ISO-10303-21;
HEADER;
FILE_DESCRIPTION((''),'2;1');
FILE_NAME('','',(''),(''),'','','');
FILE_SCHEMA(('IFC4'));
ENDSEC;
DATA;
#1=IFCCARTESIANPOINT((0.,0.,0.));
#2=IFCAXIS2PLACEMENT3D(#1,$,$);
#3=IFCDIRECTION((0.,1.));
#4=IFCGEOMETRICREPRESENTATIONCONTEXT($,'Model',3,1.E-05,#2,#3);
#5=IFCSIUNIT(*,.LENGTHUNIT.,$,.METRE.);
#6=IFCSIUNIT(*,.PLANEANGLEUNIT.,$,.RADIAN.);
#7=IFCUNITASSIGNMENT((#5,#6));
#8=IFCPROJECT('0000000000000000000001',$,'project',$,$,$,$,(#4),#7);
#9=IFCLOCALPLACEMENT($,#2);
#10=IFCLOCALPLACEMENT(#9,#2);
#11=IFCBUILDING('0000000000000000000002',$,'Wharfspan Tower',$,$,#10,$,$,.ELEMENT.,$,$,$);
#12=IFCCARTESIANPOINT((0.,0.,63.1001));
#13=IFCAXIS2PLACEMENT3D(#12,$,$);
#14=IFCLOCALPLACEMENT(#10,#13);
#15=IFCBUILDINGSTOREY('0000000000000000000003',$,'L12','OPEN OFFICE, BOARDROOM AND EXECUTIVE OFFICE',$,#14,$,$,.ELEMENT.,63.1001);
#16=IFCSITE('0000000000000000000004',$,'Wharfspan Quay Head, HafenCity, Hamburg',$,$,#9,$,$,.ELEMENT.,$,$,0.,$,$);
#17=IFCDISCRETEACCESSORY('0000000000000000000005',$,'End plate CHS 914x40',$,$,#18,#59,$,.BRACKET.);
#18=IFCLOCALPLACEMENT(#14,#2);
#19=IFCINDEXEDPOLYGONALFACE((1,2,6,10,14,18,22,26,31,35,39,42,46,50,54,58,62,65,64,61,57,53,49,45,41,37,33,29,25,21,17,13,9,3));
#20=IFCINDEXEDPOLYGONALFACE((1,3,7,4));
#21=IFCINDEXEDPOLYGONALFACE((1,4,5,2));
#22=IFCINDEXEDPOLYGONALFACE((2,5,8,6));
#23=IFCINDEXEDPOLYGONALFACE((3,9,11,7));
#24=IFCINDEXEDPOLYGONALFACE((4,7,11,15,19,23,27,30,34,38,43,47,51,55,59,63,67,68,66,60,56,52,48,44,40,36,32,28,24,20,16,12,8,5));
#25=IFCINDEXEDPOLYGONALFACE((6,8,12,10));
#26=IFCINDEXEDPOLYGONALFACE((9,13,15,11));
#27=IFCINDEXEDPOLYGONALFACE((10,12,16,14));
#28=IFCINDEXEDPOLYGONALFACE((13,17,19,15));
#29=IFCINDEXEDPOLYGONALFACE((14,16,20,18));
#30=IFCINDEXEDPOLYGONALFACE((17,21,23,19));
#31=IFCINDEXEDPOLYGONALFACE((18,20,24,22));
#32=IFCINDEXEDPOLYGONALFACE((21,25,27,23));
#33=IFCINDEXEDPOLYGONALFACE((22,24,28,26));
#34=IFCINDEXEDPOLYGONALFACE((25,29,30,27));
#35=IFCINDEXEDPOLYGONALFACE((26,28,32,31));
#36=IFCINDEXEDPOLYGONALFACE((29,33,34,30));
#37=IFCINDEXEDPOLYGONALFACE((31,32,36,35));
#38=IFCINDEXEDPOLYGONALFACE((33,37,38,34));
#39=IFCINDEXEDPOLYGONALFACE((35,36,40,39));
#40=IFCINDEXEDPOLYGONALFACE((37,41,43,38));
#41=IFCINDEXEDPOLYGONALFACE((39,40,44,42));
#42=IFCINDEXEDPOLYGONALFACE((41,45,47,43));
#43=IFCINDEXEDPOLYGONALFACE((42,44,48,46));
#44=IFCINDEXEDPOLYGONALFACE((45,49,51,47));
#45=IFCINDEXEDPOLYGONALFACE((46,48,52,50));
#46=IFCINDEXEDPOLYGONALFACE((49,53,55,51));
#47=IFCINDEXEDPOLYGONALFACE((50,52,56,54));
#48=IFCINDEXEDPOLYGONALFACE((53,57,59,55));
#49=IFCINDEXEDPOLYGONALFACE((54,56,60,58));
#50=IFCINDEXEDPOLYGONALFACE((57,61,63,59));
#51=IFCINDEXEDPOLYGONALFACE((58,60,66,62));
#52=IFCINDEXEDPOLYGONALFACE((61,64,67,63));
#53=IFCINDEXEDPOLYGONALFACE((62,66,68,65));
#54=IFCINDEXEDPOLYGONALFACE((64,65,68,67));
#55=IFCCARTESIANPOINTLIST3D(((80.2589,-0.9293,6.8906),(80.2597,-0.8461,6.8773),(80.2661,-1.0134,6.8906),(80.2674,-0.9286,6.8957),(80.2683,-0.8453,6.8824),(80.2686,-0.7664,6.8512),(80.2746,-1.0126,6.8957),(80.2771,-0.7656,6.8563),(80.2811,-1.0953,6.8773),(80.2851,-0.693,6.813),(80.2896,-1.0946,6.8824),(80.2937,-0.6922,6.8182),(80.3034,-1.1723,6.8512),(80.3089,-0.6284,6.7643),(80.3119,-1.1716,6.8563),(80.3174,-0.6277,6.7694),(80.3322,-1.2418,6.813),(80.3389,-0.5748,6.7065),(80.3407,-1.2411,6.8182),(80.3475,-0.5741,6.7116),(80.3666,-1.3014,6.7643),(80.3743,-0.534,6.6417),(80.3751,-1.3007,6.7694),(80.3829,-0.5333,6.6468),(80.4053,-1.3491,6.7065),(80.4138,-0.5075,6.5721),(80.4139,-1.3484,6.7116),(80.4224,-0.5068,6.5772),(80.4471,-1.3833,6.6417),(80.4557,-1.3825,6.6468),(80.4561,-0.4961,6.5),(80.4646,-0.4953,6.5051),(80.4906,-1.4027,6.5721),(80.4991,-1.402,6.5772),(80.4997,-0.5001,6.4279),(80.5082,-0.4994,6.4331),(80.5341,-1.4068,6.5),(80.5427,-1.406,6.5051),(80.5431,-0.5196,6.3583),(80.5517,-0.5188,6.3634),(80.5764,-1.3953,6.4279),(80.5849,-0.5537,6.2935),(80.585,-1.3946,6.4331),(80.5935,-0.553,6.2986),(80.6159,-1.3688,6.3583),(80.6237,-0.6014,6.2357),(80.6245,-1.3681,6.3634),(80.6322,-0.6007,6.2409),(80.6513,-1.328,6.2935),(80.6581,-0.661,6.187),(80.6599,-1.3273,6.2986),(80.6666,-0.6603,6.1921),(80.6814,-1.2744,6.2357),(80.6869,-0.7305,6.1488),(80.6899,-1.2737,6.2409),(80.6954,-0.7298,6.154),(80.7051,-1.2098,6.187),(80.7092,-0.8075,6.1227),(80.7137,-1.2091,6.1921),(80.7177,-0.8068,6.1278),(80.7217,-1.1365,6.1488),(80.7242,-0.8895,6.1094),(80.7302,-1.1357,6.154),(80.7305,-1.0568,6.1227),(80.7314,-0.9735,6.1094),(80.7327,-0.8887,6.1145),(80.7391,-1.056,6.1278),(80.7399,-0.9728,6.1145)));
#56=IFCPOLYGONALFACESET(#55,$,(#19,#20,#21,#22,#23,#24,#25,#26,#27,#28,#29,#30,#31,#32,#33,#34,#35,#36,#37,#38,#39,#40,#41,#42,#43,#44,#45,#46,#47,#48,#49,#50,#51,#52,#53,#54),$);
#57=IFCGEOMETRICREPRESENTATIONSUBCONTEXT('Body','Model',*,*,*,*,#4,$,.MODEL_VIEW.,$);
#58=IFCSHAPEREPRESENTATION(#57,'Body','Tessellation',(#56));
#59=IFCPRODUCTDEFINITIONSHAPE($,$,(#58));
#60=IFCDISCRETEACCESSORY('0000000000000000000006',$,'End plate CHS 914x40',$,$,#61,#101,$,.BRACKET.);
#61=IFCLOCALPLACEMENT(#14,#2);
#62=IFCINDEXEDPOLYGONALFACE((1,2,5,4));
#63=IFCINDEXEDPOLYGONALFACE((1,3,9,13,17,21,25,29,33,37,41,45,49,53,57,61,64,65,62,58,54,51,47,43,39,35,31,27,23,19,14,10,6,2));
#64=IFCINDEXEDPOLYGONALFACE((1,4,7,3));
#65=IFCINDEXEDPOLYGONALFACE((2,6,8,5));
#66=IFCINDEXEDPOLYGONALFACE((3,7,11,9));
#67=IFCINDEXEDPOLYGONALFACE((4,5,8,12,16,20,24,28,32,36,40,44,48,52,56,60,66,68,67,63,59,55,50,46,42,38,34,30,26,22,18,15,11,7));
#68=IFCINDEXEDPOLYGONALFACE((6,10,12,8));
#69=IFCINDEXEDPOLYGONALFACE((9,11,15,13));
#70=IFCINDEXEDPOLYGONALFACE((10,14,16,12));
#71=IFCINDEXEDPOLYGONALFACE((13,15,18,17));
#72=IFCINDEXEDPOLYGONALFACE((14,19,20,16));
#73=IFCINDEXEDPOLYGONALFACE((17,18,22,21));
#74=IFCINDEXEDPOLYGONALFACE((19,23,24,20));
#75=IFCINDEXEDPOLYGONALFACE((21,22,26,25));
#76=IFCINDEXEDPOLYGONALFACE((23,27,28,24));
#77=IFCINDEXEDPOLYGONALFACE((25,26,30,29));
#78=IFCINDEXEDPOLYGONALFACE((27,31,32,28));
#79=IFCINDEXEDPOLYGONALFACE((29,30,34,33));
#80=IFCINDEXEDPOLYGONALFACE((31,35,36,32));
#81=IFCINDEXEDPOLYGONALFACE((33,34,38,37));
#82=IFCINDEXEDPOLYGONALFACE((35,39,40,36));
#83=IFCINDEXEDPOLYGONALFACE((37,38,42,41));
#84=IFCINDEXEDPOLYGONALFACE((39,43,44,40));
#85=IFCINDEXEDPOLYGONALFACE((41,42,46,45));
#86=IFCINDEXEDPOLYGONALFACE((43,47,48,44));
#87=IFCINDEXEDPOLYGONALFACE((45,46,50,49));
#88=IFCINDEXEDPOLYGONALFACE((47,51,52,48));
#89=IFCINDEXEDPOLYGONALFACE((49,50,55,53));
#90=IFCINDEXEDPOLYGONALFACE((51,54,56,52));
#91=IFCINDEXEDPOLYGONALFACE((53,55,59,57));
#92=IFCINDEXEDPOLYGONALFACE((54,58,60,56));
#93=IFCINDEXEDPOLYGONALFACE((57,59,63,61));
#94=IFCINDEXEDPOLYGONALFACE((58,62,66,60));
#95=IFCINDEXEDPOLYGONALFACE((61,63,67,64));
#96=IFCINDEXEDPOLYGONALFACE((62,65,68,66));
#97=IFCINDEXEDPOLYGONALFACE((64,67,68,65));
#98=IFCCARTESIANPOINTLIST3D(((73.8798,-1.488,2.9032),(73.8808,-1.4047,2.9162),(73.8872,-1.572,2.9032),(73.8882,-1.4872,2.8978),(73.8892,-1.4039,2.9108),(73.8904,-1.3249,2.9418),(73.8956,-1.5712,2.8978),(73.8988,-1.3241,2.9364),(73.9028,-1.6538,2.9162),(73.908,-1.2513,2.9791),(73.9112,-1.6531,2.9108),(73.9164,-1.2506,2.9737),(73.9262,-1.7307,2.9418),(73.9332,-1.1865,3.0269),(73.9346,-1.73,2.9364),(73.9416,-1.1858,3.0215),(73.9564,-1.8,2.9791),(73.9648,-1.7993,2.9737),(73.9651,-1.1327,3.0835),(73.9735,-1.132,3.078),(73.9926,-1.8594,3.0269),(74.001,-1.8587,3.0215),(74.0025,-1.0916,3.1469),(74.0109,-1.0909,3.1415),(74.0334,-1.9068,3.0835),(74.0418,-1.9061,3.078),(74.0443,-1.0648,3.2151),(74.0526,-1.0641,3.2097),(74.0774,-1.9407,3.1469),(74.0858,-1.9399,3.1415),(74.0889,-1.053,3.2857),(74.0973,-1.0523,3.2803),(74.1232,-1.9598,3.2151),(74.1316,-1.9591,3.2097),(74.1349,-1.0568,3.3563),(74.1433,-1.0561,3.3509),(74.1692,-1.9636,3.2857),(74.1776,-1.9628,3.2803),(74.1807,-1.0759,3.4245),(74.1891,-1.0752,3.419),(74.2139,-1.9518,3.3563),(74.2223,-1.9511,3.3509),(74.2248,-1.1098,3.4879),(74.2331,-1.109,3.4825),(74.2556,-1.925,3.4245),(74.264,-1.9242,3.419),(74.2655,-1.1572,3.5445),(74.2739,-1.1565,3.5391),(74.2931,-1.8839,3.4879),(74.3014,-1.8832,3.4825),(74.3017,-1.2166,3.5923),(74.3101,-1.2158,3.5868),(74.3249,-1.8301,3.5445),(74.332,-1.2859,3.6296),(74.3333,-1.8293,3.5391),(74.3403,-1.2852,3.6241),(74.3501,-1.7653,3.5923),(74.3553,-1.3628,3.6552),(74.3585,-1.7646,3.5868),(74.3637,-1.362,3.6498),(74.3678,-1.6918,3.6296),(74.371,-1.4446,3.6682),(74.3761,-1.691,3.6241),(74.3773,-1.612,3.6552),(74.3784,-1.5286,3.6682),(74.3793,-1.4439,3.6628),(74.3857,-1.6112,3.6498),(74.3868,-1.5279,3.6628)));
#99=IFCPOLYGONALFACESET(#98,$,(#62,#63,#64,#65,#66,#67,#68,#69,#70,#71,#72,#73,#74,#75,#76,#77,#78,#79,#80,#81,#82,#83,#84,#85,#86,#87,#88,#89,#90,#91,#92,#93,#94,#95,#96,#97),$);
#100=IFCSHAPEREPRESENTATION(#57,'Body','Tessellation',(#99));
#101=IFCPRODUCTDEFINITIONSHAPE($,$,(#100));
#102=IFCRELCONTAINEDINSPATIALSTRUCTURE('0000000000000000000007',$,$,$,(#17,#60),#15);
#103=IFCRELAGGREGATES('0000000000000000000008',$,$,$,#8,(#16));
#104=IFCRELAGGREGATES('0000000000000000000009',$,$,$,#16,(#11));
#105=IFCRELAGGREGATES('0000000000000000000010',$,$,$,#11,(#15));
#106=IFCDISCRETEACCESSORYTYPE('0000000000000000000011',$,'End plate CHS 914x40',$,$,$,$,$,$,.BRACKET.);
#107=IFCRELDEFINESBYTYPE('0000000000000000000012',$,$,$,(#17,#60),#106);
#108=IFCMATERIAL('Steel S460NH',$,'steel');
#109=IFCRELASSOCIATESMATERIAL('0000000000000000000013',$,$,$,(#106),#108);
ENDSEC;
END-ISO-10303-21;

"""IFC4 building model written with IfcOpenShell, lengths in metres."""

from ifc_helpers import new_model, si_unit, direction, frame, origin, origin_2d, place, context, subcontext, project, spatial, circle, extrude, material, material_profile, profile_set, type_object, element, save


model = new_model("IFC4")

# Units and contexts
model_context = context("Model", 3, precision=1e-05, world=origin(), true_north=direction((0.0, 1.0)))
body_context = subcontext(model_context, "Body", "Model", "MODEL_VIEW")
ifc_project = project(units=[si_unit("LENGTHUNIT", "METRE"), si_unit("PLANEANGLEUNIT", "RADIAN")], contexts=[model_context])

# Site, building, storey
site_placement = place(None, origin())
site = spatial("IfcSite", under=ifc_project, at=site_placement, Name="Wharfspan Quay Head, HafenCity, Hamburg", CompositionType="ELEMENT", RefElevation=0.0)
building_placement = place(site_placement, origin())
building = spatial("IfcBuilding", under=site, at=building_placement, Name="Wharfspan Tower", CompositionType="ELEMENT")
storey_placement = place(building_placement, frame((0.0, 0.0, 63.1001)))
storey = spatial("IfcBuildingStorey", under=building, at=storey_placement, Name="L12", Description="OPEN OFFICE, BOARDROOM AND EXECUTIVE OFFICE", CompositionType="ELEMENT", Elevation=63.1001)

# Shared definitions
ifc_material_1 = material(Name="Steel S460NH", Category="steel")

# Discrete accessories
ifc_material_profile_1 = material_profile(ifc_material_1, circle(Radius=0.457, at=origin_2d()))
ifc_profile_set_1 = profile_set([ifc_material_profile_1], Name="Steel S460NH")
discrete_accessory_type = type_object("IfcDiscreteAccessoryType", Name="End plate CHS 914x40", PredefinedType="BRACKET", material=ifc_profile_set_1)
for number, where, z_axis, x_axis, name in (
    (1, (80.4951, -0.9514, 6.5), (0.855186, 0.073302, 0.513112), (-0.085402, 0.996345, 0.000001), "End plate CHS 914x40"),
    (2, (74.1375, -1.5076, 3.2803), (-0.837276, -0.073877, 0.541767), (0.087893, -0.996132, -0.000001), "End plate CHS 914x40"),
):
    element("IfcDiscreteAccessory", number, at=place(storey_placement, frame(where, z_axis=z_axis, x_axis=x_axis)), inside=storey, type_object=discrete_accessory_type, Name=name, PredefinedType="BRACKET", context=body_context, shape_type="SweptSolid", body=[
        extrude(circle(Radius=0.457, at=origin_2d()), origin(), (0.0, 0.0, 1.0), 0.01),
    ])

save(model, "model.ifc")
